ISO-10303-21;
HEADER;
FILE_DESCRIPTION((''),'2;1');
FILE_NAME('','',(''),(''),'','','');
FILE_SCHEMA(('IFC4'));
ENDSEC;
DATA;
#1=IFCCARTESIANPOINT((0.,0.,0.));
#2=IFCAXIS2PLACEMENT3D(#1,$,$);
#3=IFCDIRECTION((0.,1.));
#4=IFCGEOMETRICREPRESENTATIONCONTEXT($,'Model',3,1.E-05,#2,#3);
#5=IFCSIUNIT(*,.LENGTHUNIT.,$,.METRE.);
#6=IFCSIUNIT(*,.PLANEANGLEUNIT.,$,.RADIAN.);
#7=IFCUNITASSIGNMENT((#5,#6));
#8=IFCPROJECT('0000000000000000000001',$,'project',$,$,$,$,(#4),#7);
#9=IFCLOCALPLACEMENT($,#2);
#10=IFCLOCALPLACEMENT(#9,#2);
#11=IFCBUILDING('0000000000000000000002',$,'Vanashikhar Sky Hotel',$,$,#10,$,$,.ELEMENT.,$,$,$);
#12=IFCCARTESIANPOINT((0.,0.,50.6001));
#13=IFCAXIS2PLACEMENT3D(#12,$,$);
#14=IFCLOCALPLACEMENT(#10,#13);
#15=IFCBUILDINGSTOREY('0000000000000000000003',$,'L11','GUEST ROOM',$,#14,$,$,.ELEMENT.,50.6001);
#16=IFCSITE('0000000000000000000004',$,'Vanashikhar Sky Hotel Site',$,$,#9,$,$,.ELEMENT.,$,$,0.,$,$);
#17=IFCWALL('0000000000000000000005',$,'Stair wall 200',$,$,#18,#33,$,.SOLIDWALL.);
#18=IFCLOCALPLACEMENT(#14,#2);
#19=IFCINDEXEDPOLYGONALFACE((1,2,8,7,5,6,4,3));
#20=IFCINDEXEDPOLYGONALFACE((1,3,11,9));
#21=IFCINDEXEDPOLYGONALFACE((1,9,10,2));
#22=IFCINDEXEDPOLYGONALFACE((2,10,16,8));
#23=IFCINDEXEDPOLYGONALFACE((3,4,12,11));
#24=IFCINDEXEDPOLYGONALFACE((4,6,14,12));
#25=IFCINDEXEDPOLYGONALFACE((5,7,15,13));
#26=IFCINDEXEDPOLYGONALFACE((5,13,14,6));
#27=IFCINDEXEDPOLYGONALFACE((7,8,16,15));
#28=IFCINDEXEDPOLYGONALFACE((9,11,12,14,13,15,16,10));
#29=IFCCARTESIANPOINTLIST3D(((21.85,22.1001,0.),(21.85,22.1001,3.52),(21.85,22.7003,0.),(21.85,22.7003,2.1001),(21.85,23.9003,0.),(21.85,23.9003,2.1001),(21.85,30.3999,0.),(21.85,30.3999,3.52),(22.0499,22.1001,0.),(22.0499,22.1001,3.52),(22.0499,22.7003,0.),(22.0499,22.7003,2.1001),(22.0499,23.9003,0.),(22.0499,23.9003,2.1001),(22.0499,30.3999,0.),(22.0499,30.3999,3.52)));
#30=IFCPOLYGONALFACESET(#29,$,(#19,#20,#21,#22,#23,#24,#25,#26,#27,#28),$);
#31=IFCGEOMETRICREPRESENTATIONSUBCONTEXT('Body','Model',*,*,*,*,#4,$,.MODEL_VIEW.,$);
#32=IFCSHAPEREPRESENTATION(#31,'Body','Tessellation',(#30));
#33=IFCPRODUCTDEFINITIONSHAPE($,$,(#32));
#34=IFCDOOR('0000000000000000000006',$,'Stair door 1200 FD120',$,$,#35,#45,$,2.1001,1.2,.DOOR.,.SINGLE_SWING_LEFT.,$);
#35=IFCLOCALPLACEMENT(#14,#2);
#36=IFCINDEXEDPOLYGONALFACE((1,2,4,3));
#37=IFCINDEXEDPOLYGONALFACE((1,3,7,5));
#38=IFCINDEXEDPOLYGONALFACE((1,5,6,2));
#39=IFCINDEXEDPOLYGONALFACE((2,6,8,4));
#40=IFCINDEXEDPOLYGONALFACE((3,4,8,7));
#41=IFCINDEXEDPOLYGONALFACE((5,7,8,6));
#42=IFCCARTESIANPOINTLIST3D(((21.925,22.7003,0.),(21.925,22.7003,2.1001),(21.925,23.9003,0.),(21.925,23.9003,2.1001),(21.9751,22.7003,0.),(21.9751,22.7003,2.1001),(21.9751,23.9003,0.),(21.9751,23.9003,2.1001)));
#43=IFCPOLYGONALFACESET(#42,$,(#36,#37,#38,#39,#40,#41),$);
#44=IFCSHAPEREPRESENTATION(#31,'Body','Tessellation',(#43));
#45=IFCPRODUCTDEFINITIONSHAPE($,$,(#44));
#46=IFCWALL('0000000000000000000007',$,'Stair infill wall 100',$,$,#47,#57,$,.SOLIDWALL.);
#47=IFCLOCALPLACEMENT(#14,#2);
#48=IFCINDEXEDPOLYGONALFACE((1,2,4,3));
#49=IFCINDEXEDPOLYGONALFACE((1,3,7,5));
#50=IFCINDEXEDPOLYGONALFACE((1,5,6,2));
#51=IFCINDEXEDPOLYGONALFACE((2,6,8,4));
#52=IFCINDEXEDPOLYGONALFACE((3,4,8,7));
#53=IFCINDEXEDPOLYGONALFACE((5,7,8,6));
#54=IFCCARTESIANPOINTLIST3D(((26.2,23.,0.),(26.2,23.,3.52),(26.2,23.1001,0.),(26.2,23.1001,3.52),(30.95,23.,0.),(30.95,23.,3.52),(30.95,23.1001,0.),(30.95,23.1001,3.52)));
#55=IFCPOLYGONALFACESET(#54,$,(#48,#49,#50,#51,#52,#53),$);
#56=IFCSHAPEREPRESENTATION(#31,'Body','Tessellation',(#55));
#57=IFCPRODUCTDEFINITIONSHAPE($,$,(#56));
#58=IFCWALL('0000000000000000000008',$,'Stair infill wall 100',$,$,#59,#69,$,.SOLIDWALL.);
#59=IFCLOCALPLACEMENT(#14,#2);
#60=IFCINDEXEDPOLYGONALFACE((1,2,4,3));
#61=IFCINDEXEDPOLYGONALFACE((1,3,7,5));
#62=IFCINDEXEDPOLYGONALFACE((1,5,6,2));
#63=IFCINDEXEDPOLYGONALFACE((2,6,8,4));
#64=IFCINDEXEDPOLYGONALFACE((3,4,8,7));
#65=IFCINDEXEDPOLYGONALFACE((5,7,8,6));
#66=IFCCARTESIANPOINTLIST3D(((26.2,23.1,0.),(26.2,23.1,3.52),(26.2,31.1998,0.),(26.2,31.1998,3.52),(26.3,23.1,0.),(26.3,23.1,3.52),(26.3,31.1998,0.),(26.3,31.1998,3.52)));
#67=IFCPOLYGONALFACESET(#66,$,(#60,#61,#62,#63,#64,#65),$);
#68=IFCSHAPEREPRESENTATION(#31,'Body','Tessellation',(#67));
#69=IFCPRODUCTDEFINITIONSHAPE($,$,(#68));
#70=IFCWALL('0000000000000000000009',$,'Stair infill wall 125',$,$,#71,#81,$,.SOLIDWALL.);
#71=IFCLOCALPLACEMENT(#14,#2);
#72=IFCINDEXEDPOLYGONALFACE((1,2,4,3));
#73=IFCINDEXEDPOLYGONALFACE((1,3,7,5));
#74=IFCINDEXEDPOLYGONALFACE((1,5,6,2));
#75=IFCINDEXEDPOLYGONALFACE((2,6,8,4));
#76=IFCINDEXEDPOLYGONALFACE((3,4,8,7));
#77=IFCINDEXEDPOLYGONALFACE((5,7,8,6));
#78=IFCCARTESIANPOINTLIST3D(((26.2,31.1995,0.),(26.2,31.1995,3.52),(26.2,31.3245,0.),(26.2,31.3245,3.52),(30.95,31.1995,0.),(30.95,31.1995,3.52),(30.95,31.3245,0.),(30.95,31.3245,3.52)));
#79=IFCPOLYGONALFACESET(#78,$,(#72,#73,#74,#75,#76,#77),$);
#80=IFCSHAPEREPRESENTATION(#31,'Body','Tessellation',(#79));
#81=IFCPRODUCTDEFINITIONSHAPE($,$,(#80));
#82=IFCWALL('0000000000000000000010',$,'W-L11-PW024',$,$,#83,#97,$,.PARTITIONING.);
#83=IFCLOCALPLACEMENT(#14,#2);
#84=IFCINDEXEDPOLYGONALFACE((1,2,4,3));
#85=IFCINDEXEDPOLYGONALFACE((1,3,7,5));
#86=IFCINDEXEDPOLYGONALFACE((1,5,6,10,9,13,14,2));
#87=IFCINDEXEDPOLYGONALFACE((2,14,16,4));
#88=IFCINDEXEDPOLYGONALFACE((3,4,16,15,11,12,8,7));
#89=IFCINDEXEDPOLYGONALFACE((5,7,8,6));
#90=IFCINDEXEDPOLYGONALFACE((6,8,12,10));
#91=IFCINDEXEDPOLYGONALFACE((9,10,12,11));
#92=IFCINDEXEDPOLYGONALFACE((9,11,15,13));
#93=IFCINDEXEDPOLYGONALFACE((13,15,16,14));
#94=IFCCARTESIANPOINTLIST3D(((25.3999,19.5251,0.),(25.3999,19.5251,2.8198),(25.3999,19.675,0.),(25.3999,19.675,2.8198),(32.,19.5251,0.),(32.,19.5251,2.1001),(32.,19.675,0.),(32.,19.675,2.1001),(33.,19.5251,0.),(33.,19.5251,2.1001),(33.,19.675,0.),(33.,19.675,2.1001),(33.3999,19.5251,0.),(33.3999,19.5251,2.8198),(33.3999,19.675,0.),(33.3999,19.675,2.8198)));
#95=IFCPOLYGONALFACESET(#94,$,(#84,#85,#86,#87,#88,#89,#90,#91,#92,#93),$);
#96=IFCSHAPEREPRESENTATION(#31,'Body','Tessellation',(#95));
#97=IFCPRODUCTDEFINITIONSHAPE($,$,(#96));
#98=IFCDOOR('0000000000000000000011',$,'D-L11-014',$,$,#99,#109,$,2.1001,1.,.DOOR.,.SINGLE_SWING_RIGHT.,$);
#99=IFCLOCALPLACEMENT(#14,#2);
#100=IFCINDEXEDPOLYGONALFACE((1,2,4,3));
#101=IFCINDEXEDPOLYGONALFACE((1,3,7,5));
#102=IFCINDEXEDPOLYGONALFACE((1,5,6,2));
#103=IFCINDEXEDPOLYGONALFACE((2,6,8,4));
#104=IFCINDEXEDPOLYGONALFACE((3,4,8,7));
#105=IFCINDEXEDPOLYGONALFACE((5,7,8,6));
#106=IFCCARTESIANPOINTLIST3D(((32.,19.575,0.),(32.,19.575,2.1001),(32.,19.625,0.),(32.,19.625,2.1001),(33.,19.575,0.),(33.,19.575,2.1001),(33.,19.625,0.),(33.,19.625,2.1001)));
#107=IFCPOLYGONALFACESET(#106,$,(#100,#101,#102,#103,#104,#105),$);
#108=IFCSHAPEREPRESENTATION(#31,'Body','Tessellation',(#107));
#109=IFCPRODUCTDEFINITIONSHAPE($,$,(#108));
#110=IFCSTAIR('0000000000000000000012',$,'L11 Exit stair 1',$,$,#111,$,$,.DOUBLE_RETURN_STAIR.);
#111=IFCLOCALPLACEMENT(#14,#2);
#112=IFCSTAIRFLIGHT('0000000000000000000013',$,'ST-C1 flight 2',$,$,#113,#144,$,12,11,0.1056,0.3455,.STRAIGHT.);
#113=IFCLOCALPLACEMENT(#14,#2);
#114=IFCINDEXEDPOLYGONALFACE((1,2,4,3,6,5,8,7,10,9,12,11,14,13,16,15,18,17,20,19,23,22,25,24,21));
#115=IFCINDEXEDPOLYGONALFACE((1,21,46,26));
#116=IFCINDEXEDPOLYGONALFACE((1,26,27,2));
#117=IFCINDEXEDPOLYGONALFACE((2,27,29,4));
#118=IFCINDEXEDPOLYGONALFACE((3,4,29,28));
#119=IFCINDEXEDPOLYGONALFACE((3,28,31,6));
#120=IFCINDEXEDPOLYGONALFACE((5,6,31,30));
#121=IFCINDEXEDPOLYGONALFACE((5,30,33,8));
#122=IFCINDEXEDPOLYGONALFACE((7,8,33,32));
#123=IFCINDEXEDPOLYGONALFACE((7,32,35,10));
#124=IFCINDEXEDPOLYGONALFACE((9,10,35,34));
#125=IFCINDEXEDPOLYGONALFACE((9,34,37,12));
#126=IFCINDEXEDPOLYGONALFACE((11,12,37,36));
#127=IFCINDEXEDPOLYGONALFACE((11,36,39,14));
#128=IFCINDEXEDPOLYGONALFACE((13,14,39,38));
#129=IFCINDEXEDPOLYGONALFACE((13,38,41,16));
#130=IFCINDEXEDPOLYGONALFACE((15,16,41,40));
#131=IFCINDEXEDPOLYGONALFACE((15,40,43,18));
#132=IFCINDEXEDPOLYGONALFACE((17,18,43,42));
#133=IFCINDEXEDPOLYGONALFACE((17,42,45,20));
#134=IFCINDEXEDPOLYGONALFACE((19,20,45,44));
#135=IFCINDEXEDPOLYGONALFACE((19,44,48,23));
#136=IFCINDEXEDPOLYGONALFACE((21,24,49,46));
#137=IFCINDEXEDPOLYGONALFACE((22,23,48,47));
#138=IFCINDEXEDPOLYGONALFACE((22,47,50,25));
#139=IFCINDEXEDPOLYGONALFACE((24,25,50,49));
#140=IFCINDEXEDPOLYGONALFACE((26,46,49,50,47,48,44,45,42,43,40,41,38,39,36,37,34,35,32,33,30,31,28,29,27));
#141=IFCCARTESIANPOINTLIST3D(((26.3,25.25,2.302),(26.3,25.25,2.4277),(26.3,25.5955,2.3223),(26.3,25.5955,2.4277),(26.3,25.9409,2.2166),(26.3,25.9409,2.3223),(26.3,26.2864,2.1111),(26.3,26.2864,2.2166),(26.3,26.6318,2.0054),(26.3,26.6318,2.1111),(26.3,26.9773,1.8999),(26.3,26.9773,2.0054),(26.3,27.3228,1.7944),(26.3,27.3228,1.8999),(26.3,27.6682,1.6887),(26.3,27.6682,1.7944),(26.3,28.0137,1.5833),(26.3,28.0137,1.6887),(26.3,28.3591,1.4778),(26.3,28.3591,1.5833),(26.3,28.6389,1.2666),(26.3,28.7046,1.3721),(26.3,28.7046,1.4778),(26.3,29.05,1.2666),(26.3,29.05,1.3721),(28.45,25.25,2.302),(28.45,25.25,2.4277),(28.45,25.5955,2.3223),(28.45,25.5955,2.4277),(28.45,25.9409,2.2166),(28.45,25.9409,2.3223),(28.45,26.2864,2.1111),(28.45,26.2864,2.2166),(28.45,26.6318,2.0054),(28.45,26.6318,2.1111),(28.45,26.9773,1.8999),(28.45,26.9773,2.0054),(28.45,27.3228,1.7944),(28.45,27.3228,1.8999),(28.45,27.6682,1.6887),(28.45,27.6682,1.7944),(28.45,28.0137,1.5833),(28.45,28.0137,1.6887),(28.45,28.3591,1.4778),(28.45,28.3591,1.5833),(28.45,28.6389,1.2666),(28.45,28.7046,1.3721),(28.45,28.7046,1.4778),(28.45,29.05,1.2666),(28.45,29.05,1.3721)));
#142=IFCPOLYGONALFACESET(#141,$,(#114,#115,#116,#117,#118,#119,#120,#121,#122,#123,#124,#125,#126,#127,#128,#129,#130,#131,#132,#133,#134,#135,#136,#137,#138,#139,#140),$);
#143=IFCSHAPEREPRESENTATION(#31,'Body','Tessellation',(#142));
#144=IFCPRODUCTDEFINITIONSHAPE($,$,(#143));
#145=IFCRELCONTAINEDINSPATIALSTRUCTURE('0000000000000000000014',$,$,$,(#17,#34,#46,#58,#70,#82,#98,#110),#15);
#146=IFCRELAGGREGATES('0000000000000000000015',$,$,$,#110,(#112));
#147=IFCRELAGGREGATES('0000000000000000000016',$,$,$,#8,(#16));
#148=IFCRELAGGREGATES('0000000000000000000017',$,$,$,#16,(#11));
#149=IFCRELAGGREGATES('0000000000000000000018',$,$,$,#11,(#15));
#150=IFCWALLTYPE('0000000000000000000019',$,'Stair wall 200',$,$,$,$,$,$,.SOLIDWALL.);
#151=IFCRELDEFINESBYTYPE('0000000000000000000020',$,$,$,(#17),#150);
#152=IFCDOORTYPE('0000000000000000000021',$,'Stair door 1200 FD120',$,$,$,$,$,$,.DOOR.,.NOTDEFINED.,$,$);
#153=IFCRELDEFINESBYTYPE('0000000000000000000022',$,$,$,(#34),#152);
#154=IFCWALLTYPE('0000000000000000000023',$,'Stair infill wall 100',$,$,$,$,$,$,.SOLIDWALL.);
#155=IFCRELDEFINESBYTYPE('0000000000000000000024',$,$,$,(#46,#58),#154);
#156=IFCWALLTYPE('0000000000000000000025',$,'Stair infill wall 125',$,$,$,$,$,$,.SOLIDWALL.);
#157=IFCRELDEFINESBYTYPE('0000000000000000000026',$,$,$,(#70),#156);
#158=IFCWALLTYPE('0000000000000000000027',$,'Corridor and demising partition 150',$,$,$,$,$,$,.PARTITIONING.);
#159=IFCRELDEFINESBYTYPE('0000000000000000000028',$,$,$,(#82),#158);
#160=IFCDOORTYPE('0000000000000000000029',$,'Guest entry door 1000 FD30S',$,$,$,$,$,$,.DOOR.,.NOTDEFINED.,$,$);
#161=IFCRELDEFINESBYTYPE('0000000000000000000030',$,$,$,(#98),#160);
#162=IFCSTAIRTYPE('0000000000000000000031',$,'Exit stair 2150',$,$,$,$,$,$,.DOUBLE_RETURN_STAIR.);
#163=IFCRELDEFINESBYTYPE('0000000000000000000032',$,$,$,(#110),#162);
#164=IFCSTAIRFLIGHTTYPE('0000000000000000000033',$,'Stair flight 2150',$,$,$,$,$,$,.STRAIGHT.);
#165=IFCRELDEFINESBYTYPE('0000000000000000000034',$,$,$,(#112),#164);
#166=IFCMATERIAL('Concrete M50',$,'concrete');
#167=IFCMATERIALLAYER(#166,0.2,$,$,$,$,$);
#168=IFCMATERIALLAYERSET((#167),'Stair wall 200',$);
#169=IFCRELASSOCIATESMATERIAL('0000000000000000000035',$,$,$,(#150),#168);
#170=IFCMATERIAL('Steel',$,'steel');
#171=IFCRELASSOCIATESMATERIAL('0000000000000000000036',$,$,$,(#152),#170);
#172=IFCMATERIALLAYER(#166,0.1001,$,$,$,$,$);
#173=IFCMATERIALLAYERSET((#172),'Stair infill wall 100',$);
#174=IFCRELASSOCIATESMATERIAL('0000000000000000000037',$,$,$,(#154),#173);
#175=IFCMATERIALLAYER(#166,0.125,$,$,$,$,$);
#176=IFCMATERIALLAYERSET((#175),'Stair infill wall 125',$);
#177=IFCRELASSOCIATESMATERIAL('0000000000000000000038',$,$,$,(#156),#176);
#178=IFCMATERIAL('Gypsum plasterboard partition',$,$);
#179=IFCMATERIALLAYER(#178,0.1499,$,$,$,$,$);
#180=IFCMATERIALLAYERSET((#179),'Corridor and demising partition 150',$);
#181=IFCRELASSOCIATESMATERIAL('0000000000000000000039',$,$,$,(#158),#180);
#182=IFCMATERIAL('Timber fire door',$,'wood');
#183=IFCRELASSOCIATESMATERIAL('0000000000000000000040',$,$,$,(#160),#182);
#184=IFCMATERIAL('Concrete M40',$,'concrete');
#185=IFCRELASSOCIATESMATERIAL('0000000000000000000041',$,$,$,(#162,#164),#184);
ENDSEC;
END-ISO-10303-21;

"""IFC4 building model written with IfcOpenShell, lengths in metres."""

from ifc_helpers import new_model, si_unit, direction, frame, frame_2d, origin, place, context, subcontext, project, spatial, polyline, rectangle, outline, extrude, source, transform, mapped, material, layer, layer_set, type_object, element, fill, aggregate, save


model = new_model("IFC4")

# Units and contexts
model_context = context("Model", 3, precision=1e-05, world=origin(), true_north=direction((0.0, 1.0)))
body_context = subcontext(model_context, "Body", "Model", "MODEL_VIEW")
ifc_project = project(units=[si_unit("LENGTHUNIT", "METRE"), si_unit("PLANEANGLEUNIT", "RADIAN")], contexts=[model_context])

# Site, building, storey
site_placement = place(None, origin())
site = spatial("IfcSite", under=ifc_project, at=site_placement, Name="Vanashikhar Sky Hotel Site", CompositionType="ELEMENT", RefElevation=0.0)
building_placement = place(site_placement, origin())
building = spatial("IfcBuilding", under=site, at=building_placement, Name="Vanashikhar Sky Hotel", CompositionType="ELEMENT")
storey_placement = place(building_placement, frame((0.0, 0.0, 50.6001)))
storey = spatial("IfcBuildingStorey", under=building, at=storey_placement, Name="L11", Description="GUEST ROOM", CompositionType="ELEMENT", Elevation=50.6001)

# Shared definitions
ifc_material_1 = material(Name="Steel", Category="steel")

# Wall, opening, door
ifc_material_2 = material(Name="Concrete M50", Category="concrete")
ifc_layer_1 = layer(ifc_material_2, 0.2)
ifc_layer_set_1 = layer_set([ifc_layer_1], Name="Stair wall 200")
wall_type_1 = type_object("IfcWallType", Name="Stair wall 200", PredefinedType="SOLIDWALL", material=ifc_layer_set_1)
shared_shape_1 = source(origin(), body_context, "Body", "SweptSolid", [
    extrude(rectangle(XDim=8.2998, YDim=0.2, at=frame_2d((4.1499, 0.0))), origin(), (0.0, 0.0, 1.0), 3.52),
])
wall_1_placement = place(storey_placement, frame((21.95, 22.1001, 0.0), z_axis=(0.0, 0.0, 1.0), x_axis=(0.0, 1.0, 0.0)))
wall_1 = element("IfcWall", 1, at=wall_1_placement, inside=storey, type_object=wall_type_1, Name="Stair wall 200", PredefinedType="SOLIDWALL", context=body_context, shape_type="MappedRepresentation", body=[
    mapped(shared_shape_1, transform((0.0, 0.0, 0.0), scale=1.0)),
])
shared_shape_2 = source(origin(), body_context, "Body", "SweptSolid", [
    extrude(rectangle(XDim=1.2, YDim=2.1001, at=frame_2d((0.6001, 1.05))), frame((0.0, 0.1099, 0.0), z_axis=(0.0, -1.0, 0.0), x_axis=(1.0, 0.0, 0.0)), (0.0, 0.0, 1.0), 0.22),
])
opening_1_placement = place(wall_1_placement, frame((0.6001, 0.0, 0.0)))
opening_1 = element("IfcOpeningElement", 2, at=opening_1_placement, cuts=wall_1, PredefinedType="OPENING", context=body_context, shape_type="MappedRepresentation", body=[
    mapped(shared_shape_2, transform((0.0, 0.0, 0.0), scale=1.0)),
])
door_type_1 = type_object("IfcDoorType", Name="Stair door 1200 FD120", OperationType="NOTDEFINED", PredefinedType="DOOR", material=ifc_material_1)
shared_shape_3 = source(origin(), body_context, "Body", "SweptSolid", [
    extrude(rectangle(XDim=1.2, YDim=2.1001, at=frame_2d((0.6001, 1.05))), frame((0.0, 0.0249, 0.0), z_axis=(0.0, -1.0, 0.0), x_axis=(1.0, 0.0, 0.0)), (0.0, 0.0, 1.0), 0.05),
])
door_1_placement = place(opening_1_placement, origin())
door_1 = element("IfcDoor", 3, at=door_1_placement, inside=storey, type_object=door_type_1, Name="Stair door 1200 FD120", OperationType="SINGLE_SWING_LEFT", OverallHeight=2.1001, OverallWidth=1.2, PredefinedType="DOOR", context=body_context, shape_type="MappedRepresentation", body=[
    mapped(shared_shape_3, transform((0.0, 0.0, 0.0), scale=1.0)),
])
fill(opening_1, door_1)

# Walls
ifc_layer_2 = layer(ifc_material_2, 0.1001)
ifc_layer_set_2 = layer_set([ifc_layer_2], Name="Stair infill wall 100")
wall_type_2 = type_object("IfcWallType", Name="Stair infill wall 100", PredefinedType="SOLIDWALL", material=ifc_layer_set_2)
shared_shape_4 = source(origin(), body_context, "Body", "SweptSolid", [
    extrude(rectangle(XDim=4.75, YDim=0.1001, at=frame_2d((2.375, 0.0))), origin(), (0.0, 0.0, 1.0), 3.52),
])
wall_2_placement = place(storey_placement, frame((26.2, 23.05, 0.0), z_axis=(0.0, 0.0, 1.0), x_axis=(1.0, 0.0, 0.0)))
element("IfcWall", 4, at=wall_2_placement, inside=storey, type_object=wall_type_2, Name="Stair infill wall 100", PredefinedType="SOLIDWALL", context=body_context, shape_type="MappedRepresentation", body=[
    mapped(shared_shape_4, transform((0.0, 0.0, 0.0), scale=1.0)),
])
shared_shape_5 = source(origin(), body_context, "Body", "SweptSolid", [
    extrude(rectangle(XDim=8.0999, YDim=0.1001, at=frame_2d((4.0498, 0.0))), origin(), (0.0, 0.0, 1.0), 3.52),
])
wall_3_placement = place(storey_placement, frame((26.25, 23.1001, 0.0), z_axis=(0.0, 0.0, 1.0), x_axis=(0.0, 1.0, 0.0)))
element("IfcWall", 5, at=wall_3_placement, inside=storey, type_object=wall_type_2, Name="Stair infill wall 100", PredefinedType="SOLIDWALL", context=body_context, shape_type="MappedRepresentation", body=[
    mapped(shared_shape_5, transform((0.0, 0.0, 0.0), scale=1.0)),
])
ifc_layer_3 = layer(ifc_material_2, 0.125)
ifc_layer_set_3 = layer_set([ifc_layer_3], Name="Stair infill wall 125")
wall_type_3 = type_object("IfcWallType", Name="Stair infill wall 125", PredefinedType="SOLIDWALL", material=ifc_layer_set_3)
shared_shape_6 = source(origin(), body_context, "Body", "SweptSolid", [
    extrude(rectangle(XDim=4.75, YDim=0.125, at=frame_2d((2.375, 0.0))), origin(), (0.0, 0.0, 1.0), 3.52),
])
wall_4_placement = place(storey_placement, frame((26.2, 31.262, 0.0), z_axis=(0.0, 0.0, 1.0), x_axis=(1.0, 0.0, 0.0)))
element("IfcWall", 6, at=wall_4_placement, inside=storey, type_object=wall_type_3, Name="Stair infill wall 125", PredefinedType="SOLIDWALL", context=body_context, shape_type="MappedRepresentation", body=[
    mapped(shared_shape_6, transform((0.0, 0.0, 0.0), scale=1.0)),
])

# Wall, opening, door
ifc_material_3 = material(Name="Gypsum plasterboard partition")
ifc_layer_4 = layer(ifc_material_3, 0.1499)
ifc_layer_set_4 = layer_set([ifc_layer_4], Name="Corridor and demising partition 150")
wall_type_4 = type_object("IfcWallType", Name="Corridor and demising partition 150", PredefinedType="PARTITIONING", material=ifc_layer_set_4)
shared_shape_7 = source(origin(), body_context, "Body", "SweptSolid", [
    extrude(rectangle(XDim=8.0, YDim=0.1499, at=frame_2d((4.0, 0.0))), origin(), (0.0, 0.0, 1.0), 2.8198),
])
wall_5_placement = place(storey_placement, frame((25.3999, 19.6001, 0.0), z_axis=(0.0, 0.0, 1.0), x_axis=(1.0, 0.0, 0.0)))
wall_5 = element("IfcWall", 7, at=wall_5_placement, inside=storey, type_object=wall_type_4, Name="W-L11-PW024", PredefinedType="PARTITIONING", context=body_context, shape_type="MappedRepresentation", body=[
    mapped(shared_shape_7, transform((0.0, 0.0, 0.0), scale=1.0)),
])
shared_shape_8 = source(origin(), body_context, "Body", "SweptSolid", [
    extrude(rectangle(XDim=1.0, YDim=2.1001, at=frame_2d((0.5, 1.05))), frame((0.0, 0.085, 0.0), z_axis=(0.0, -1.0, 0.0), x_axis=(1.0, 0.0, 0.0)), (0.0, 0.0, 1.0), 0.1699),
])
opening_2_placement = place(wall_5_placement, frame((6.6001, 0.0, 0.0)))
opening_2 = element("IfcOpeningElement", 8, at=opening_2_placement, cuts=wall_5, PredefinedType="OPENING", context=body_context, shape_type="MappedRepresentation", body=[
    mapped(shared_shape_8, transform((0.0, 0.0, 0.0), scale=1.0)),
])
ifc_material_4 = material(Name="Timber fire door", Category="wood")
door_type_2 = type_object("IfcDoorType", Name="Guest entry door 1000 FD30S", OperationType="NOTDEFINED", PredefinedType="DOOR", material=ifc_material_4)
shared_shape_9 = source(origin(), body_context, "Body", "SweptSolid", [
    extrude(rectangle(XDim=1.0, YDim=2.1001, at=frame_2d((0.5, 1.05))), frame((0.0, 0.0249, 0.0), z_axis=(0.0, -1.0, 0.0), x_axis=(1.0, 0.0, 0.0)), (0.0, 0.0, 1.0), 0.05),
])
door_2_placement = place(opening_2_placement, origin())
door_2 = element("IfcDoor", 9, at=door_2_placement, inside=storey, type_object=door_type_2, Name="D-L11-014", OperationType="SINGLE_SWING_RIGHT", OverallHeight=2.1001, OverallWidth=1.0, PredefinedType="DOOR", context=body_context, shape_type="MappedRepresentation", body=[
    mapped(shared_shape_9, transform((0.0, 0.0, 0.0), scale=1.0)),
])
fill(opening_2, door_2)

# Stair, stair flight
ifc_material_5 = material(Name="Concrete M40", Category="concrete")
stair_type = type_object("IfcStairType", Name="Exit stair 2150", PredefinedType="DOUBLE_RETURN_STAIR", material=ifc_material_5)
stair_placement = place(storey_placement, origin())
stair = element("IfcStair", 10, at=stair_placement, inside=storey, type_object=stair_type, Name="L11 Exit stair 1", PredefinedType="DOUBLE_RETURN_STAIR")
stair_flight_type = type_object("IfcStairFlightType", Name="Stair flight 2150", PredefinedType="STRAIGHT", material=ifc_material_5)
shared_shape_10 = source(origin(), body_context, "Body", "SweptSolid", [
    extrude(outline(polyline([(0.0, 0.0), (0.0, 0.1055), (0.3455, 0.1055), (0.3455, 0.2112), (0.6909, 0.2112), (0.6909, 0.3167), (1.0364, 0.3167), (1.0364, 0.4221), (1.3818, 0.4221), (1.3818, 0.5278), (1.7273, 0.5278), (1.7273, 0.6333), (2.0728, 0.6333), (2.0728, 0.7388), (2.4182, 0.7388), (2.4182, 0.8445), (2.7637, 0.8445), (2.7637, 0.95), (3.1091, 0.95), (3.1091, 1.0557), (3.4546, 1.0557), (3.4546, 1.1611), (3.8, 1.1611), (3.8, 1.2666), (3.8, 1.0354), (0.4111, 0.0), (0.0, 0.0)])), frame((0.0, 1.075, 0.0), z_axis=(0.0, -1.0, 0.0), x_axis=(1.0, 0.0, 0.0)), (0.0, 0.0, 1.0), 2.1499),
])
stair_flight_placement = place(storey_placement, frame((27.375, 29.05, 1.2666), z_axis=(0.0, 0.0, 1.0), x_axis=(0.0, -1.0, 0.0)))
stair_flight = element("IfcStairFlight", 11, at=stair_flight_placement, type_object=stair_flight_type, Name="ST-C1 flight 2", NumberOfRisers=12, NumberOfTreads=11, PredefinedType="STRAIGHT", RiserHeight=0.1056, TreadLength=0.3455, context=body_context, shape_type="MappedRepresentation", body=[
    mapped(shared_shape_10, transform((0.0, 0.0, 0.0), scale=1.0)),
])
aggregate(stair, [stair_flight])

save(model, "model.ifc")
